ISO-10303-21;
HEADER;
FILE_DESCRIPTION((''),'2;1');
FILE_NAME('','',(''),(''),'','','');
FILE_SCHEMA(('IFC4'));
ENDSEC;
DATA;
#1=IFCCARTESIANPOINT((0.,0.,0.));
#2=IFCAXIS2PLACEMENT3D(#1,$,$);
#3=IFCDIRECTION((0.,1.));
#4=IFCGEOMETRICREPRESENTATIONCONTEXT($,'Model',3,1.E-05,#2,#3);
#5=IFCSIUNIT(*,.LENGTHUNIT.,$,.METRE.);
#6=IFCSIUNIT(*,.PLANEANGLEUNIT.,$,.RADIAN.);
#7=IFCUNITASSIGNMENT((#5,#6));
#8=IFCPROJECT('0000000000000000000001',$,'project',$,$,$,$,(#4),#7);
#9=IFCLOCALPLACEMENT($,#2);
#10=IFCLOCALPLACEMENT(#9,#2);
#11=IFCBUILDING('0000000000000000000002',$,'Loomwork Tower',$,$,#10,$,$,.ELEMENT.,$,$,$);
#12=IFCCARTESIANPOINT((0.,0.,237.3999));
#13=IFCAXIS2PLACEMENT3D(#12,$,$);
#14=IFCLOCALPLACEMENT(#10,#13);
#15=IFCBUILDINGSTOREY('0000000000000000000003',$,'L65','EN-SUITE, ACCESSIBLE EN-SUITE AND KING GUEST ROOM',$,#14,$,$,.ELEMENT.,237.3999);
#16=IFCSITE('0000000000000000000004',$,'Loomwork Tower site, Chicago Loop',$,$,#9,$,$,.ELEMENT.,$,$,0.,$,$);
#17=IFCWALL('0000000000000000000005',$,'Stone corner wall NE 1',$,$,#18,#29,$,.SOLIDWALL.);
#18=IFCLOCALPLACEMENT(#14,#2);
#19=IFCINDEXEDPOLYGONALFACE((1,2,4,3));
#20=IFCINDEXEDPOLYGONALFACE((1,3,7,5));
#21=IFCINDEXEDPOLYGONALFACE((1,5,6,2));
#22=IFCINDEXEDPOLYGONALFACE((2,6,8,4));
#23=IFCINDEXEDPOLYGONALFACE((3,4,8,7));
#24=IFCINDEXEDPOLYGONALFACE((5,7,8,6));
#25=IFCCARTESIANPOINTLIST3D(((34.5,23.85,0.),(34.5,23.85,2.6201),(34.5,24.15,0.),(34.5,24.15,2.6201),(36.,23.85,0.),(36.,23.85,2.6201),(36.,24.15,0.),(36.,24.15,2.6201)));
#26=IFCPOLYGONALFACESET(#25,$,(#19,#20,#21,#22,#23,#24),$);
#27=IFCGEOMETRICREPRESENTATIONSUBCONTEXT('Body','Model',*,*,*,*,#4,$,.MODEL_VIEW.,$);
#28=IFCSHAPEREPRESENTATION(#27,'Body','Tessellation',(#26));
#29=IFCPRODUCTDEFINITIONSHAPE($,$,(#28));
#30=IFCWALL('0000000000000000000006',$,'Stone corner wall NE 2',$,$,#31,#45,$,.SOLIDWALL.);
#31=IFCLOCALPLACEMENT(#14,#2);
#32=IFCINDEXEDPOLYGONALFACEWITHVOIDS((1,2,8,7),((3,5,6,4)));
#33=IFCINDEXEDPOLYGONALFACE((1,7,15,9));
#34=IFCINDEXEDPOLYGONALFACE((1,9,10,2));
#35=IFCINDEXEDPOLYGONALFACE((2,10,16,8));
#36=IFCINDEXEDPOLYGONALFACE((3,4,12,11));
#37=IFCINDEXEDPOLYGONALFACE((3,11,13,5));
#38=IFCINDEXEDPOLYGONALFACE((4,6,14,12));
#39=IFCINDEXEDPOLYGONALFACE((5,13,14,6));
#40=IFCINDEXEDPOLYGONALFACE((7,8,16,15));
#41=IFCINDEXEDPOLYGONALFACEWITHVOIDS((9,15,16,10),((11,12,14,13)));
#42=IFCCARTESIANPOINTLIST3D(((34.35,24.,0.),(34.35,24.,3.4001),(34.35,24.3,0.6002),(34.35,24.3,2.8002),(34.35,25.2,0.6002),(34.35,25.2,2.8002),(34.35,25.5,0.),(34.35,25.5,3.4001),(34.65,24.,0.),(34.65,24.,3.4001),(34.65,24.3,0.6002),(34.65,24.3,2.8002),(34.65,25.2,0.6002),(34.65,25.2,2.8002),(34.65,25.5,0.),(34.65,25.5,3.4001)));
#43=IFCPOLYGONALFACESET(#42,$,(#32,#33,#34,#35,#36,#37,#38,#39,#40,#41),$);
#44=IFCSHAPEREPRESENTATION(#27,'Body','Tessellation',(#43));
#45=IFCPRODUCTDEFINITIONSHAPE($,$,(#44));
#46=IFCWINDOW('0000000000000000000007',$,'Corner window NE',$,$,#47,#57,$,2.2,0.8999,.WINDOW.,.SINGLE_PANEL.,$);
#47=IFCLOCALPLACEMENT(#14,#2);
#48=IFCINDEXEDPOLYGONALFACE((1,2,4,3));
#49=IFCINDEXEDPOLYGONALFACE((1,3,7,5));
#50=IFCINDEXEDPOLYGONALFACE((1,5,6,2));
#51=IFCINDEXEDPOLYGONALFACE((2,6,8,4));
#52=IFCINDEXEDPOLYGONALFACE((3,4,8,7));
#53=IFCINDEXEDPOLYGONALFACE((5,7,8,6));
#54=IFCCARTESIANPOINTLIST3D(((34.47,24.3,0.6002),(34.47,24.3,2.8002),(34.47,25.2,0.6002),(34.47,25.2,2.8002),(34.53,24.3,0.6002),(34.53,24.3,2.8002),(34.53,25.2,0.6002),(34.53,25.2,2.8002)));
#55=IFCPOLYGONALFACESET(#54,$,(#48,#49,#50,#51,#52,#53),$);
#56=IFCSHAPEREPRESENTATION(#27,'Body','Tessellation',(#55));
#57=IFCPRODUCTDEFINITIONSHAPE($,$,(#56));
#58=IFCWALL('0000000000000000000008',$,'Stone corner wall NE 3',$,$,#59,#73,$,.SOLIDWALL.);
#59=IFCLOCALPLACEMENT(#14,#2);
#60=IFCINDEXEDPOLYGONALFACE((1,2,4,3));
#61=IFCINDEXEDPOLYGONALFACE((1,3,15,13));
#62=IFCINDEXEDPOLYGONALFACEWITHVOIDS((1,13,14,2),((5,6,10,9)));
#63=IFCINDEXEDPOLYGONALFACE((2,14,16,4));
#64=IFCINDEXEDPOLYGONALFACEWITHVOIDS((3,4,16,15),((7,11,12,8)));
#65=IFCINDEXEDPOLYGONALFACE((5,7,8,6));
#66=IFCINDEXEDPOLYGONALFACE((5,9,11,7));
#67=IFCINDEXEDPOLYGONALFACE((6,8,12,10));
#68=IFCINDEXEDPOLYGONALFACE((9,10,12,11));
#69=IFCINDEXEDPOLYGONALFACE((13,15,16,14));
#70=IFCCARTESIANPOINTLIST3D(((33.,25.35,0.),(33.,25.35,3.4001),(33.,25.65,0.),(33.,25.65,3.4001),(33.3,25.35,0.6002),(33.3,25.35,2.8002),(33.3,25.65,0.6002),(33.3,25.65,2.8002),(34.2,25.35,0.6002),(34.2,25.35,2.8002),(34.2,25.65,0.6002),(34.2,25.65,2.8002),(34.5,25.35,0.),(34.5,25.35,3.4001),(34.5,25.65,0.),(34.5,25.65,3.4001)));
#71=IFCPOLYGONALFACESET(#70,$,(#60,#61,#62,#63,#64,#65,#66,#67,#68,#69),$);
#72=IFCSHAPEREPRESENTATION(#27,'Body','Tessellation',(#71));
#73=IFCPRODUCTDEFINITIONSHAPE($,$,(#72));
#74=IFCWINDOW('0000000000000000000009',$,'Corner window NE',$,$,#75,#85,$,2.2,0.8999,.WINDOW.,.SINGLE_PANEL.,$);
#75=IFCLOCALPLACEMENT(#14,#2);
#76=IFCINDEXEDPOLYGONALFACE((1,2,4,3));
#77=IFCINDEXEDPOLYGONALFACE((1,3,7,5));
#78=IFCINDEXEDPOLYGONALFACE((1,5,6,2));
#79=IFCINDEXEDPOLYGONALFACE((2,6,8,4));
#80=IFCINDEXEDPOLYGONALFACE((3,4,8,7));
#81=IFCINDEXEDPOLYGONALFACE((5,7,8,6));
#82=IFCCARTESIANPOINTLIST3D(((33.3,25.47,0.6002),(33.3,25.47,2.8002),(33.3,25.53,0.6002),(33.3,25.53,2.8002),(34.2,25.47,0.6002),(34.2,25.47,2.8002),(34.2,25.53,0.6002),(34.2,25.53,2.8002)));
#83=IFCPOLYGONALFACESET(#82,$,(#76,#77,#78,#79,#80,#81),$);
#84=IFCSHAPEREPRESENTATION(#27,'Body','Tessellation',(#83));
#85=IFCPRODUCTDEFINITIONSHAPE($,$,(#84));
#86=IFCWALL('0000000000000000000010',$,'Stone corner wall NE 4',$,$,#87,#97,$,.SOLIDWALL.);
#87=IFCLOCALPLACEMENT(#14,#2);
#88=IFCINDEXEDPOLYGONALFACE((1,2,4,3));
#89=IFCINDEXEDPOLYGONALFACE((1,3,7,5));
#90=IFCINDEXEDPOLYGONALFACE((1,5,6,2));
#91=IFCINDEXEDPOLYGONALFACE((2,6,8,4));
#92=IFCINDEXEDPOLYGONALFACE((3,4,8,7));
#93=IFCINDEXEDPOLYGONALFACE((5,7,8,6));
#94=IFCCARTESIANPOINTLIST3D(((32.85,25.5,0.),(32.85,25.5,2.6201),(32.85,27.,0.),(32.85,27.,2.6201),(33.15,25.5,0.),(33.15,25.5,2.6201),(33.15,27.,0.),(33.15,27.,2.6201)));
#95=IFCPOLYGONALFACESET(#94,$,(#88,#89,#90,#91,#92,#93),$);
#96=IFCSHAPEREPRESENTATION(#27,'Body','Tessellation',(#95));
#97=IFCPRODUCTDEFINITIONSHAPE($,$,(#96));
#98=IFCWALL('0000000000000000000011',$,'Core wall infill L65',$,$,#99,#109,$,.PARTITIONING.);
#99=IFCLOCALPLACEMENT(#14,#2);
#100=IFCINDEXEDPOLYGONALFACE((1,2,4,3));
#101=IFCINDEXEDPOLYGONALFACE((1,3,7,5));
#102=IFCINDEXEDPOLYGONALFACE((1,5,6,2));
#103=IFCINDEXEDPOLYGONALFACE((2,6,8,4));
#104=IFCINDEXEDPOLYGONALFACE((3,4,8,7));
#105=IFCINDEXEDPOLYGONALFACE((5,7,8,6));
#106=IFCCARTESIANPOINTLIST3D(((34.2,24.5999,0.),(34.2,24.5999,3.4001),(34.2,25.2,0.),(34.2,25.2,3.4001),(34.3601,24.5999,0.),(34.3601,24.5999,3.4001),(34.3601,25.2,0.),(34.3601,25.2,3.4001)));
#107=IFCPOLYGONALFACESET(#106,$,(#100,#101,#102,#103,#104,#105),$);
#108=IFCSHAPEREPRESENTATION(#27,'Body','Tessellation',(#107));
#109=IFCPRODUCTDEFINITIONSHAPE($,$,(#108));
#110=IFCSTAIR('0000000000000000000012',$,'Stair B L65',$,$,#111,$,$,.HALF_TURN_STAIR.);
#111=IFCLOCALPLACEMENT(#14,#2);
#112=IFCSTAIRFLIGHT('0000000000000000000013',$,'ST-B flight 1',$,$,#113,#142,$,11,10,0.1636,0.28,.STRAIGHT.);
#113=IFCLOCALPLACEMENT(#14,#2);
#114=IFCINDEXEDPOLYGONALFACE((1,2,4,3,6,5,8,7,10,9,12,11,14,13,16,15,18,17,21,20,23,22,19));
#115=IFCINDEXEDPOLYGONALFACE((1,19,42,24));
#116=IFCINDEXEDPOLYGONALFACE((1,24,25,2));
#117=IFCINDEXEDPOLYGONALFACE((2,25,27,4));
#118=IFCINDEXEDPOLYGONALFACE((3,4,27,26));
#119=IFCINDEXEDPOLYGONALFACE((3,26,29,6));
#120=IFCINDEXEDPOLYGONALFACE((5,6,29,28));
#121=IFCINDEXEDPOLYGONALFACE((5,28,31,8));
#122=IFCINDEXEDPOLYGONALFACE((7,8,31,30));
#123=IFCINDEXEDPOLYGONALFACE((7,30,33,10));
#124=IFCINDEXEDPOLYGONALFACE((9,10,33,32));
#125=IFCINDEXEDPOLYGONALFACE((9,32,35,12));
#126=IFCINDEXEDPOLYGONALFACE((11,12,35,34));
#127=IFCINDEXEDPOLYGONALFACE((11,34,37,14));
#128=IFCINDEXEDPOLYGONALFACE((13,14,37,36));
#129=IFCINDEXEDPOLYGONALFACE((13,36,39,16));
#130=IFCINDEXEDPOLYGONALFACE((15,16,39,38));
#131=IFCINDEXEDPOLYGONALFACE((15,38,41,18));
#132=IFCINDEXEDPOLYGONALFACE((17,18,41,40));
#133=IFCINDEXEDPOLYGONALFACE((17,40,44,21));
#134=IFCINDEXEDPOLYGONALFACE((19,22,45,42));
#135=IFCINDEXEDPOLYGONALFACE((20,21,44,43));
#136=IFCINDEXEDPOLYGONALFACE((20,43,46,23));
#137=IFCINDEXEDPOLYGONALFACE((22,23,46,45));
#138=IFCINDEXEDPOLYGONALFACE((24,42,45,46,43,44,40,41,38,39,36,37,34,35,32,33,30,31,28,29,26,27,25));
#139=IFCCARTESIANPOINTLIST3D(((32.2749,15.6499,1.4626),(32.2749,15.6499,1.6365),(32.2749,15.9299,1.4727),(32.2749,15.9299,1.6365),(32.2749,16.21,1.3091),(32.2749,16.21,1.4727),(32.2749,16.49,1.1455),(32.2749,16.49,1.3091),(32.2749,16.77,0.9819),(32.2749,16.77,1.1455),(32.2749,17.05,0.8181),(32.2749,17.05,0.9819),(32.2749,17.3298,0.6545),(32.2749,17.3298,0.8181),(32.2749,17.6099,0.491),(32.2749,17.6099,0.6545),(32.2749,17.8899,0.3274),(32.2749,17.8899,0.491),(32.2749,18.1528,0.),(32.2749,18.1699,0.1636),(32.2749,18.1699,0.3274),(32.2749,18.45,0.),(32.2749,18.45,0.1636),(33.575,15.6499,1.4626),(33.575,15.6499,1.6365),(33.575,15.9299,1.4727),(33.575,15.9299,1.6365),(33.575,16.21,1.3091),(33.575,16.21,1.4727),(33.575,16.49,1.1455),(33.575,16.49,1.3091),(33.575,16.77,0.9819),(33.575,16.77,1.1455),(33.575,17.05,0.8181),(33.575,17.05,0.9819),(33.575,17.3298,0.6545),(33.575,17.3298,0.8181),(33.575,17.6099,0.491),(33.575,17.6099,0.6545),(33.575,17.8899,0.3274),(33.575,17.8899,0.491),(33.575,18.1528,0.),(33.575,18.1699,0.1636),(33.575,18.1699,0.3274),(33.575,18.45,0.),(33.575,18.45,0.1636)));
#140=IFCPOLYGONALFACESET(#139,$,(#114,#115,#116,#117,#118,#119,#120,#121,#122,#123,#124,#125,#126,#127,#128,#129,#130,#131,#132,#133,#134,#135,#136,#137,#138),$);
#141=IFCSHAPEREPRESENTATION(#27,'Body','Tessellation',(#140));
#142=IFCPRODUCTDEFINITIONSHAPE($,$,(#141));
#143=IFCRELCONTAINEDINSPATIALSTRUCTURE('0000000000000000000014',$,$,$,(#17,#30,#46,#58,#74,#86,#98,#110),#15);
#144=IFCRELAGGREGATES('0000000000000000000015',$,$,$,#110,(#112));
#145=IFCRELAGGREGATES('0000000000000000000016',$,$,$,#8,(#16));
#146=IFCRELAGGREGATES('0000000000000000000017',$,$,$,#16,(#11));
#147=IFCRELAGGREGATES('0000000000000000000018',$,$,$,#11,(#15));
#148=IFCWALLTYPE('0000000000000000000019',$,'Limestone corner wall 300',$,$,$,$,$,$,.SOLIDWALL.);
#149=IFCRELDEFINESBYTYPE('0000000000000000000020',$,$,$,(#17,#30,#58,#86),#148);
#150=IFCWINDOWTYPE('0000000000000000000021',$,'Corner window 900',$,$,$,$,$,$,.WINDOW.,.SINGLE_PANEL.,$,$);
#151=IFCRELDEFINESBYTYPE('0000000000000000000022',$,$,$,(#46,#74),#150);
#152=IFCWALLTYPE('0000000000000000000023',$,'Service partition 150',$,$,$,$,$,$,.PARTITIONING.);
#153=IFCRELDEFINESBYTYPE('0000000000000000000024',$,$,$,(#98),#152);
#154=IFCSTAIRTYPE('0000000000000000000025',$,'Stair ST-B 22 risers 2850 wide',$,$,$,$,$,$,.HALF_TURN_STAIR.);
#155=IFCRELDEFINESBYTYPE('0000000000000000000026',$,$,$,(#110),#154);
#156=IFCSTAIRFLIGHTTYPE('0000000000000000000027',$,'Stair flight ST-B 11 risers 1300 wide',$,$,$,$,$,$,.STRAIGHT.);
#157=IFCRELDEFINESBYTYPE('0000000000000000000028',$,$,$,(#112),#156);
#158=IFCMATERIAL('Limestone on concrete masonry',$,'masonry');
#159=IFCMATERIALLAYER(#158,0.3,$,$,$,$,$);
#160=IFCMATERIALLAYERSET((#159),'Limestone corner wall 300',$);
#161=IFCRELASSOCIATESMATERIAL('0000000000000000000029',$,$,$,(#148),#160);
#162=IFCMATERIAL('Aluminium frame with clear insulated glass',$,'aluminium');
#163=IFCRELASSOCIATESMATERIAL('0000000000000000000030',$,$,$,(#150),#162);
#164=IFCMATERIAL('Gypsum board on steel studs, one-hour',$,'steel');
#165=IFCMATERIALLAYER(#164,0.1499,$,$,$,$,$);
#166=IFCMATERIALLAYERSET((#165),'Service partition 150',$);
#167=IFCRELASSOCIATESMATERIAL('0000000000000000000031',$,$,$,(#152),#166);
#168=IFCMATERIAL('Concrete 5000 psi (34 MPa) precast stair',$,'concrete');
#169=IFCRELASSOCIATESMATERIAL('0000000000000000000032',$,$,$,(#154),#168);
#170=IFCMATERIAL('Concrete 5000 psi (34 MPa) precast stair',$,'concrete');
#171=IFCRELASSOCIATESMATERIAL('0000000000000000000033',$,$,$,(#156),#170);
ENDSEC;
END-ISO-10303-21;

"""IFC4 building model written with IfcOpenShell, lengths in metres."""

from ifc_helpers import new_model, si_unit, direction, frame, frame_2d, origin, place, context, subcontext, project, spatial, polyline, rectangle, outline, extrude, material, layer, layer_set, type_object, element, fill, aggregate, save


model = new_model("IFC4")

# Units and contexts
model_context = context("Model", 3, precision=1e-05, world=origin(), true_north=direction((0.0, 1.0)))
body_context = subcontext(model_context, "Body", "Model", "MODEL_VIEW")
ifc_project = project(units=[si_unit("LENGTHUNIT", "METRE"), si_unit("PLANEANGLEUNIT", "RADIAN")], contexts=[model_context])

# Site, building, storey
site_placement = place(None, origin())
site = spatial("IfcSite", under=ifc_project, at=site_placement, Name="Loomwork Tower site, Chicago Loop", CompositionType="ELEMENT", RefElevation=0.0)
building_placement = place(site_placement, origin())
building = spatial("IfcBuilding", under=site, at=building_placement, Name="Loomwork Tower", CompositionType="ELEMENT")
storey_placement = place(building_placement, frame((0.0, 0.0, 237.3999)))
storey = spatial("IfcBuildingStorey", under=building, at=storey_placement, Name="L65", Description="EN-SUITE, ACCESSIBLE EN-SUITE AND KING GUEST ROOM", CompositionType="ELEMENT", Elevation=237.3999)

# Wall
ifc_material_1 = material(Name="Limestone on concrete masonry", Category="masonry")
ifc_layer_1 = layer(ifc_material_1, 0.3)
ifc_layer_set_1 = layer_set([ifc_layer_1], Name="Limestone corner wall 300")
wall_type_1 = type_object("IfcWallType", Name="Limestone corner wall 300", PredefinedType="SOLIDWALL", material=ifc_layer_set_1)
wall_1_placement = place(storey_placement, frame((36.0, 24.0, 0.0), z_axis=(0.0, 0.0, 1.0), x_axis=(-1.0, 0.0, 0.0)))
element("IfcWall", 1, at=wall_1_placement, inside=storey, type_object=wall_type_1, Name="Stone corner wall NE 1", PredefinedType="SOLIDWALL", context=body_context, shape_type="SweptSolid", body=[
    extrude(rectangle(XDim=1.5, YDim=0.3, at=frame_2d((0.75, 0.0))), origin(), (0.0, 0.0, 1.0), 2.6201),
])

# Walls, openings, windows
wall_2_placement = place(storey_placement, frame((34.5, 24.0, 0.0), z_axis=(0.0, 0.0, 1.0), x_axis=(0.0, 1.0, 0.0)))
wall_2 = element("IfcWall", 2, at=wall_2_placement, inside=storey, type_object=wall_type_1, Name="Stone corner wall NE 2", PredefinedType="SOLIDWALL", context=body_context, shape_type="SweptSolid", body=[
    extrude(rectangle(XDim=1.5, YDim=0.3, at=frame_2d((0.75, 0.0))), origin(), (0.0, 0.0, 1.0), 3.4001),
])
opening_1_placement = place(wall_2_placement, frame((0.3, 0.0, 0.6001)))
opening_1 = element("IfcOpeningElement", 3, at=opening_1_placement, cuts=wall_2, PredefinedType="OPENING", context=body_context, shape_type="SweptSolid", body=[
    extrude(rectangle(XDim=0.8999, YDim=2.2, at=frame_2d((0.45, 1.1001))), frame((0.0, 0.1599, 0.0), z_axis=(0.0, -1.0, 0.0), x_axis=(1.0, 0.0, 0.0)), (0.0, 0.0, 1.0), 0.3201),
])
ifc_material_2 = material(Name="Aluminium frame with clear insulated glass", Category="aluminium")
window_type = type_object("IfcWindowType", Name="Corner window 900", PartitioningType="SINGLE_PANEL", PredefinedType="WINDOW", material=ifc_material_2)
window_1_placement = place(opening_1_placement, origin())
window_1 = element("IfcWindow", 4, at=window_1_placement, inside=storey, type_object=window_type, Name="Corner window NE", OverallHeight=2.2, OverallWidth=0.8999, PartitioningType="SINGLE_PANEL", PredefinedType="WINDOW", context=body_context, shape_type="SweptSolid", body=[
    extrude(rectangle(XDim=0.8999, YDim=2.2, at=frame_2d((0.45, 1.1001))), frame((0.0, 0.03, 0.0), z_axis=(0.0, -1.0, 0.0), x_axis=(1.0, 0.0, 0.0)), (0.0, 0.0, 1.0), 0.0601),
])
fill(opening_1, window_1)
wall_3_placement = place(storey_placement, frame((34.5, 25.5, 0.0), z_axis=(0.0, 0.0, 1.0), x_axis=(-1.0, 0.0, 0.0)))
wall_3 = element("IfcWall", 5, at=wall_3_placement, inside=storey, type_object=wall_type_1, Name="Stone corner wall NE 3", PredefinedType="SOLIDWALL", context=body_context, shape_type="SweptSolid", body=[
    extrude(rectangle(XDim=1.5, YDim=0.3, at=frame_2d((0.75, 0.0))), origin(), (0.0, 0.0, 1.0), 3.4001),
])
opening_2_placement = place(wall_3_placement, frame((0.3, 0.0, 0.6001)))
opening_2 = element("IfcOpeningElement", 6, at=opening_2_placement, cuts=wall_3, PredefinedType="OPENING", context=body_context, shape_type="SweptSolid", body=[
    extrude(rectangle(XDim=0.8999, YDim=2.2, at=frame_2d((0.45, 1.1001))), frame((0.0, 0.1599, 0.0), z_axis=(0.0, -1.0, 0.0), x_axis=(1.0, 0.0, 0.0)), (0.0, 0.0, 1.0), 0.3201),
])
window_2_placement = place(opening_2_placement, origin())
window_2 = element("IfcWindow", 7, at=window_2_placement, inside=storey, type_object=window_type, Name="Corner window NE", OverallHeight=2.2, OverallWidth=0.8999, PartitioningType="SINGLE_PANEL", PredefinedType="WINDOW", context=body_context, shape_type="SweptSolid", body=[
    extrude(rectangle(XDim=0.8999, YDim=2.2, at=frame_2d((0.45, 1.1001))), frame((0.0, 0.03, 0.0), z_axis=(0.0, -1.0, 0.0), x_axis=(1.0, 0.0, 0.0)), (0.0, 0.0, 1.0), 0.0601),
])
fill(opening_2, window_2)

# Walls
wall_4_placement = place(storey_placement, frame((33.0, 25.5, 0.0), z_axis=(0.0, 0.0, 1.0), x_axis=(0.0, 1.0, 0.0)))
element("IfcWall", 8, at=wall_4_placement, inside=storey, type_object=wall_type_1, Name="Stone corner wall NE 4", PredefinedType="SOLIDWALL", context=body_context, shape_type="SweptSolid", body=[
    extrude(rectangle(XDim=1.5, YDim=0.3, at=frame_2d((0.75, 0.0))), origin(), (0.0, 0.0, 1.0), 2.6201),
])
ifc_material_3 = material(Name="Gypsum board on steel studs, one-hour", Category="steel")
ifc_layer_2 = layer(ifc_material_3, 0.1499)
ifc_layer_set_2 = layer_set([ifc_layer_2], Name="Service partition 150")
wall_type_2 = type_object("IfcWallType", Name="Service partition 150", PredefinedType="PARTITIONING", material=ifc_layer_set_2)
wall_5_placement = place(storey_placement, frame((34.2, 24.8999, 0.0), z_axis=(0.0, 0.0, 1.0), x_axis=(1.0, 0.0, 0.0)))
element("IfcWall", 9, at=wall_5_placement, inside=storey, type_object=wall_type_2, Name="Core wall infill L65", PredefinedType="PARTITIONING", context=body_context, shape_type="SweptSolid", body=[
    extrude(rectangle(XDim=0.1602, YDim=0.6001, at=frame_2d((0.0801, 0.0))), origin(), (0.0, 0.0, 1.0), 3.4001),
])

# Stair, stair flight
ifc_material_4 = material(Name="Concrete 5000 psi (34 MPa) precast stair", Category="concrete")
stair_type = type_object("IfcStairType", Name="Stair ST-B 22 risers 2850 wide", PredefinedType="HALF_TURN_STAIR", material=ifc_material_4)
stair_placement = place(storey_placement, origin())
stair = element("IfcStair", 10, at=stair_placement, inside=storey, type_object=stair_type, Name="Stair B L65", PredefinedType="HALF_TURN_STAIR")
ifc_material_5 = material(Name="Concrete 5000 psi (34 MPa) precast stair", Category="concrete")
stair_flight_type = type_object("IfcStairFlightType", Name="Stair flight ST-B 11 risers 1300 wide", PredefinedType="STRAIGHT", material=ifc_material_5)
stair_flight_placement = place(storey_placement, frame((32.925, 18.45, 0.0), z_axis=(0.0, 0.0, 1.0), x_axis=(0.0, -1.0, 0.0)))
stair_flight = element("IfcStairFlight", 11, at=stair_flight_placement, type_object=stair_flight_type, Name="ST-B flight 1", NumberOfRisers=11, NumberOfTreads=10, PredefinedType="STRAIGHT", RiserHeight=0.1636, TreadLength=0.28, context=body_context, shape_type="SweptSolid", body=[
    extrude(outline(polyline([(0.0, 0.0), (0.0, 0.1636), (0.28, 0.1636), (0.28, 0.3274), (0.5601, 0.3274), (0.5601, 0.491), (0.8401, 0.491), (0.8401, 0.6545), (1.1201, 0.6545), (1.1201, 0.8181), (1.3999, 0.8181), (1.3999, 0.9819), (1.6799, 0.9819), (1.6799, 1.1455), (1.96, 1.1455), (1.96, 1.3091), (2.24, 1.3091), (2.24, 1.4727), (2.52, 1.4727), (2.52, 1.6365), (2.8, 1.6365), (2.8, 1.8), (2.8, 1.4626), (0.2971, 0.0), (0.0, 0.0)])), frame((0.0, 0.6499, 0.0), z_axis=(0.0, -1.0, 0.0), x_axis=(1.0, 0.0, 0.0)), (0.0, 0.0, 1.0), 1.3),
])
aggregate(stair, [stair_flight])

save(model, "model.ifc")
